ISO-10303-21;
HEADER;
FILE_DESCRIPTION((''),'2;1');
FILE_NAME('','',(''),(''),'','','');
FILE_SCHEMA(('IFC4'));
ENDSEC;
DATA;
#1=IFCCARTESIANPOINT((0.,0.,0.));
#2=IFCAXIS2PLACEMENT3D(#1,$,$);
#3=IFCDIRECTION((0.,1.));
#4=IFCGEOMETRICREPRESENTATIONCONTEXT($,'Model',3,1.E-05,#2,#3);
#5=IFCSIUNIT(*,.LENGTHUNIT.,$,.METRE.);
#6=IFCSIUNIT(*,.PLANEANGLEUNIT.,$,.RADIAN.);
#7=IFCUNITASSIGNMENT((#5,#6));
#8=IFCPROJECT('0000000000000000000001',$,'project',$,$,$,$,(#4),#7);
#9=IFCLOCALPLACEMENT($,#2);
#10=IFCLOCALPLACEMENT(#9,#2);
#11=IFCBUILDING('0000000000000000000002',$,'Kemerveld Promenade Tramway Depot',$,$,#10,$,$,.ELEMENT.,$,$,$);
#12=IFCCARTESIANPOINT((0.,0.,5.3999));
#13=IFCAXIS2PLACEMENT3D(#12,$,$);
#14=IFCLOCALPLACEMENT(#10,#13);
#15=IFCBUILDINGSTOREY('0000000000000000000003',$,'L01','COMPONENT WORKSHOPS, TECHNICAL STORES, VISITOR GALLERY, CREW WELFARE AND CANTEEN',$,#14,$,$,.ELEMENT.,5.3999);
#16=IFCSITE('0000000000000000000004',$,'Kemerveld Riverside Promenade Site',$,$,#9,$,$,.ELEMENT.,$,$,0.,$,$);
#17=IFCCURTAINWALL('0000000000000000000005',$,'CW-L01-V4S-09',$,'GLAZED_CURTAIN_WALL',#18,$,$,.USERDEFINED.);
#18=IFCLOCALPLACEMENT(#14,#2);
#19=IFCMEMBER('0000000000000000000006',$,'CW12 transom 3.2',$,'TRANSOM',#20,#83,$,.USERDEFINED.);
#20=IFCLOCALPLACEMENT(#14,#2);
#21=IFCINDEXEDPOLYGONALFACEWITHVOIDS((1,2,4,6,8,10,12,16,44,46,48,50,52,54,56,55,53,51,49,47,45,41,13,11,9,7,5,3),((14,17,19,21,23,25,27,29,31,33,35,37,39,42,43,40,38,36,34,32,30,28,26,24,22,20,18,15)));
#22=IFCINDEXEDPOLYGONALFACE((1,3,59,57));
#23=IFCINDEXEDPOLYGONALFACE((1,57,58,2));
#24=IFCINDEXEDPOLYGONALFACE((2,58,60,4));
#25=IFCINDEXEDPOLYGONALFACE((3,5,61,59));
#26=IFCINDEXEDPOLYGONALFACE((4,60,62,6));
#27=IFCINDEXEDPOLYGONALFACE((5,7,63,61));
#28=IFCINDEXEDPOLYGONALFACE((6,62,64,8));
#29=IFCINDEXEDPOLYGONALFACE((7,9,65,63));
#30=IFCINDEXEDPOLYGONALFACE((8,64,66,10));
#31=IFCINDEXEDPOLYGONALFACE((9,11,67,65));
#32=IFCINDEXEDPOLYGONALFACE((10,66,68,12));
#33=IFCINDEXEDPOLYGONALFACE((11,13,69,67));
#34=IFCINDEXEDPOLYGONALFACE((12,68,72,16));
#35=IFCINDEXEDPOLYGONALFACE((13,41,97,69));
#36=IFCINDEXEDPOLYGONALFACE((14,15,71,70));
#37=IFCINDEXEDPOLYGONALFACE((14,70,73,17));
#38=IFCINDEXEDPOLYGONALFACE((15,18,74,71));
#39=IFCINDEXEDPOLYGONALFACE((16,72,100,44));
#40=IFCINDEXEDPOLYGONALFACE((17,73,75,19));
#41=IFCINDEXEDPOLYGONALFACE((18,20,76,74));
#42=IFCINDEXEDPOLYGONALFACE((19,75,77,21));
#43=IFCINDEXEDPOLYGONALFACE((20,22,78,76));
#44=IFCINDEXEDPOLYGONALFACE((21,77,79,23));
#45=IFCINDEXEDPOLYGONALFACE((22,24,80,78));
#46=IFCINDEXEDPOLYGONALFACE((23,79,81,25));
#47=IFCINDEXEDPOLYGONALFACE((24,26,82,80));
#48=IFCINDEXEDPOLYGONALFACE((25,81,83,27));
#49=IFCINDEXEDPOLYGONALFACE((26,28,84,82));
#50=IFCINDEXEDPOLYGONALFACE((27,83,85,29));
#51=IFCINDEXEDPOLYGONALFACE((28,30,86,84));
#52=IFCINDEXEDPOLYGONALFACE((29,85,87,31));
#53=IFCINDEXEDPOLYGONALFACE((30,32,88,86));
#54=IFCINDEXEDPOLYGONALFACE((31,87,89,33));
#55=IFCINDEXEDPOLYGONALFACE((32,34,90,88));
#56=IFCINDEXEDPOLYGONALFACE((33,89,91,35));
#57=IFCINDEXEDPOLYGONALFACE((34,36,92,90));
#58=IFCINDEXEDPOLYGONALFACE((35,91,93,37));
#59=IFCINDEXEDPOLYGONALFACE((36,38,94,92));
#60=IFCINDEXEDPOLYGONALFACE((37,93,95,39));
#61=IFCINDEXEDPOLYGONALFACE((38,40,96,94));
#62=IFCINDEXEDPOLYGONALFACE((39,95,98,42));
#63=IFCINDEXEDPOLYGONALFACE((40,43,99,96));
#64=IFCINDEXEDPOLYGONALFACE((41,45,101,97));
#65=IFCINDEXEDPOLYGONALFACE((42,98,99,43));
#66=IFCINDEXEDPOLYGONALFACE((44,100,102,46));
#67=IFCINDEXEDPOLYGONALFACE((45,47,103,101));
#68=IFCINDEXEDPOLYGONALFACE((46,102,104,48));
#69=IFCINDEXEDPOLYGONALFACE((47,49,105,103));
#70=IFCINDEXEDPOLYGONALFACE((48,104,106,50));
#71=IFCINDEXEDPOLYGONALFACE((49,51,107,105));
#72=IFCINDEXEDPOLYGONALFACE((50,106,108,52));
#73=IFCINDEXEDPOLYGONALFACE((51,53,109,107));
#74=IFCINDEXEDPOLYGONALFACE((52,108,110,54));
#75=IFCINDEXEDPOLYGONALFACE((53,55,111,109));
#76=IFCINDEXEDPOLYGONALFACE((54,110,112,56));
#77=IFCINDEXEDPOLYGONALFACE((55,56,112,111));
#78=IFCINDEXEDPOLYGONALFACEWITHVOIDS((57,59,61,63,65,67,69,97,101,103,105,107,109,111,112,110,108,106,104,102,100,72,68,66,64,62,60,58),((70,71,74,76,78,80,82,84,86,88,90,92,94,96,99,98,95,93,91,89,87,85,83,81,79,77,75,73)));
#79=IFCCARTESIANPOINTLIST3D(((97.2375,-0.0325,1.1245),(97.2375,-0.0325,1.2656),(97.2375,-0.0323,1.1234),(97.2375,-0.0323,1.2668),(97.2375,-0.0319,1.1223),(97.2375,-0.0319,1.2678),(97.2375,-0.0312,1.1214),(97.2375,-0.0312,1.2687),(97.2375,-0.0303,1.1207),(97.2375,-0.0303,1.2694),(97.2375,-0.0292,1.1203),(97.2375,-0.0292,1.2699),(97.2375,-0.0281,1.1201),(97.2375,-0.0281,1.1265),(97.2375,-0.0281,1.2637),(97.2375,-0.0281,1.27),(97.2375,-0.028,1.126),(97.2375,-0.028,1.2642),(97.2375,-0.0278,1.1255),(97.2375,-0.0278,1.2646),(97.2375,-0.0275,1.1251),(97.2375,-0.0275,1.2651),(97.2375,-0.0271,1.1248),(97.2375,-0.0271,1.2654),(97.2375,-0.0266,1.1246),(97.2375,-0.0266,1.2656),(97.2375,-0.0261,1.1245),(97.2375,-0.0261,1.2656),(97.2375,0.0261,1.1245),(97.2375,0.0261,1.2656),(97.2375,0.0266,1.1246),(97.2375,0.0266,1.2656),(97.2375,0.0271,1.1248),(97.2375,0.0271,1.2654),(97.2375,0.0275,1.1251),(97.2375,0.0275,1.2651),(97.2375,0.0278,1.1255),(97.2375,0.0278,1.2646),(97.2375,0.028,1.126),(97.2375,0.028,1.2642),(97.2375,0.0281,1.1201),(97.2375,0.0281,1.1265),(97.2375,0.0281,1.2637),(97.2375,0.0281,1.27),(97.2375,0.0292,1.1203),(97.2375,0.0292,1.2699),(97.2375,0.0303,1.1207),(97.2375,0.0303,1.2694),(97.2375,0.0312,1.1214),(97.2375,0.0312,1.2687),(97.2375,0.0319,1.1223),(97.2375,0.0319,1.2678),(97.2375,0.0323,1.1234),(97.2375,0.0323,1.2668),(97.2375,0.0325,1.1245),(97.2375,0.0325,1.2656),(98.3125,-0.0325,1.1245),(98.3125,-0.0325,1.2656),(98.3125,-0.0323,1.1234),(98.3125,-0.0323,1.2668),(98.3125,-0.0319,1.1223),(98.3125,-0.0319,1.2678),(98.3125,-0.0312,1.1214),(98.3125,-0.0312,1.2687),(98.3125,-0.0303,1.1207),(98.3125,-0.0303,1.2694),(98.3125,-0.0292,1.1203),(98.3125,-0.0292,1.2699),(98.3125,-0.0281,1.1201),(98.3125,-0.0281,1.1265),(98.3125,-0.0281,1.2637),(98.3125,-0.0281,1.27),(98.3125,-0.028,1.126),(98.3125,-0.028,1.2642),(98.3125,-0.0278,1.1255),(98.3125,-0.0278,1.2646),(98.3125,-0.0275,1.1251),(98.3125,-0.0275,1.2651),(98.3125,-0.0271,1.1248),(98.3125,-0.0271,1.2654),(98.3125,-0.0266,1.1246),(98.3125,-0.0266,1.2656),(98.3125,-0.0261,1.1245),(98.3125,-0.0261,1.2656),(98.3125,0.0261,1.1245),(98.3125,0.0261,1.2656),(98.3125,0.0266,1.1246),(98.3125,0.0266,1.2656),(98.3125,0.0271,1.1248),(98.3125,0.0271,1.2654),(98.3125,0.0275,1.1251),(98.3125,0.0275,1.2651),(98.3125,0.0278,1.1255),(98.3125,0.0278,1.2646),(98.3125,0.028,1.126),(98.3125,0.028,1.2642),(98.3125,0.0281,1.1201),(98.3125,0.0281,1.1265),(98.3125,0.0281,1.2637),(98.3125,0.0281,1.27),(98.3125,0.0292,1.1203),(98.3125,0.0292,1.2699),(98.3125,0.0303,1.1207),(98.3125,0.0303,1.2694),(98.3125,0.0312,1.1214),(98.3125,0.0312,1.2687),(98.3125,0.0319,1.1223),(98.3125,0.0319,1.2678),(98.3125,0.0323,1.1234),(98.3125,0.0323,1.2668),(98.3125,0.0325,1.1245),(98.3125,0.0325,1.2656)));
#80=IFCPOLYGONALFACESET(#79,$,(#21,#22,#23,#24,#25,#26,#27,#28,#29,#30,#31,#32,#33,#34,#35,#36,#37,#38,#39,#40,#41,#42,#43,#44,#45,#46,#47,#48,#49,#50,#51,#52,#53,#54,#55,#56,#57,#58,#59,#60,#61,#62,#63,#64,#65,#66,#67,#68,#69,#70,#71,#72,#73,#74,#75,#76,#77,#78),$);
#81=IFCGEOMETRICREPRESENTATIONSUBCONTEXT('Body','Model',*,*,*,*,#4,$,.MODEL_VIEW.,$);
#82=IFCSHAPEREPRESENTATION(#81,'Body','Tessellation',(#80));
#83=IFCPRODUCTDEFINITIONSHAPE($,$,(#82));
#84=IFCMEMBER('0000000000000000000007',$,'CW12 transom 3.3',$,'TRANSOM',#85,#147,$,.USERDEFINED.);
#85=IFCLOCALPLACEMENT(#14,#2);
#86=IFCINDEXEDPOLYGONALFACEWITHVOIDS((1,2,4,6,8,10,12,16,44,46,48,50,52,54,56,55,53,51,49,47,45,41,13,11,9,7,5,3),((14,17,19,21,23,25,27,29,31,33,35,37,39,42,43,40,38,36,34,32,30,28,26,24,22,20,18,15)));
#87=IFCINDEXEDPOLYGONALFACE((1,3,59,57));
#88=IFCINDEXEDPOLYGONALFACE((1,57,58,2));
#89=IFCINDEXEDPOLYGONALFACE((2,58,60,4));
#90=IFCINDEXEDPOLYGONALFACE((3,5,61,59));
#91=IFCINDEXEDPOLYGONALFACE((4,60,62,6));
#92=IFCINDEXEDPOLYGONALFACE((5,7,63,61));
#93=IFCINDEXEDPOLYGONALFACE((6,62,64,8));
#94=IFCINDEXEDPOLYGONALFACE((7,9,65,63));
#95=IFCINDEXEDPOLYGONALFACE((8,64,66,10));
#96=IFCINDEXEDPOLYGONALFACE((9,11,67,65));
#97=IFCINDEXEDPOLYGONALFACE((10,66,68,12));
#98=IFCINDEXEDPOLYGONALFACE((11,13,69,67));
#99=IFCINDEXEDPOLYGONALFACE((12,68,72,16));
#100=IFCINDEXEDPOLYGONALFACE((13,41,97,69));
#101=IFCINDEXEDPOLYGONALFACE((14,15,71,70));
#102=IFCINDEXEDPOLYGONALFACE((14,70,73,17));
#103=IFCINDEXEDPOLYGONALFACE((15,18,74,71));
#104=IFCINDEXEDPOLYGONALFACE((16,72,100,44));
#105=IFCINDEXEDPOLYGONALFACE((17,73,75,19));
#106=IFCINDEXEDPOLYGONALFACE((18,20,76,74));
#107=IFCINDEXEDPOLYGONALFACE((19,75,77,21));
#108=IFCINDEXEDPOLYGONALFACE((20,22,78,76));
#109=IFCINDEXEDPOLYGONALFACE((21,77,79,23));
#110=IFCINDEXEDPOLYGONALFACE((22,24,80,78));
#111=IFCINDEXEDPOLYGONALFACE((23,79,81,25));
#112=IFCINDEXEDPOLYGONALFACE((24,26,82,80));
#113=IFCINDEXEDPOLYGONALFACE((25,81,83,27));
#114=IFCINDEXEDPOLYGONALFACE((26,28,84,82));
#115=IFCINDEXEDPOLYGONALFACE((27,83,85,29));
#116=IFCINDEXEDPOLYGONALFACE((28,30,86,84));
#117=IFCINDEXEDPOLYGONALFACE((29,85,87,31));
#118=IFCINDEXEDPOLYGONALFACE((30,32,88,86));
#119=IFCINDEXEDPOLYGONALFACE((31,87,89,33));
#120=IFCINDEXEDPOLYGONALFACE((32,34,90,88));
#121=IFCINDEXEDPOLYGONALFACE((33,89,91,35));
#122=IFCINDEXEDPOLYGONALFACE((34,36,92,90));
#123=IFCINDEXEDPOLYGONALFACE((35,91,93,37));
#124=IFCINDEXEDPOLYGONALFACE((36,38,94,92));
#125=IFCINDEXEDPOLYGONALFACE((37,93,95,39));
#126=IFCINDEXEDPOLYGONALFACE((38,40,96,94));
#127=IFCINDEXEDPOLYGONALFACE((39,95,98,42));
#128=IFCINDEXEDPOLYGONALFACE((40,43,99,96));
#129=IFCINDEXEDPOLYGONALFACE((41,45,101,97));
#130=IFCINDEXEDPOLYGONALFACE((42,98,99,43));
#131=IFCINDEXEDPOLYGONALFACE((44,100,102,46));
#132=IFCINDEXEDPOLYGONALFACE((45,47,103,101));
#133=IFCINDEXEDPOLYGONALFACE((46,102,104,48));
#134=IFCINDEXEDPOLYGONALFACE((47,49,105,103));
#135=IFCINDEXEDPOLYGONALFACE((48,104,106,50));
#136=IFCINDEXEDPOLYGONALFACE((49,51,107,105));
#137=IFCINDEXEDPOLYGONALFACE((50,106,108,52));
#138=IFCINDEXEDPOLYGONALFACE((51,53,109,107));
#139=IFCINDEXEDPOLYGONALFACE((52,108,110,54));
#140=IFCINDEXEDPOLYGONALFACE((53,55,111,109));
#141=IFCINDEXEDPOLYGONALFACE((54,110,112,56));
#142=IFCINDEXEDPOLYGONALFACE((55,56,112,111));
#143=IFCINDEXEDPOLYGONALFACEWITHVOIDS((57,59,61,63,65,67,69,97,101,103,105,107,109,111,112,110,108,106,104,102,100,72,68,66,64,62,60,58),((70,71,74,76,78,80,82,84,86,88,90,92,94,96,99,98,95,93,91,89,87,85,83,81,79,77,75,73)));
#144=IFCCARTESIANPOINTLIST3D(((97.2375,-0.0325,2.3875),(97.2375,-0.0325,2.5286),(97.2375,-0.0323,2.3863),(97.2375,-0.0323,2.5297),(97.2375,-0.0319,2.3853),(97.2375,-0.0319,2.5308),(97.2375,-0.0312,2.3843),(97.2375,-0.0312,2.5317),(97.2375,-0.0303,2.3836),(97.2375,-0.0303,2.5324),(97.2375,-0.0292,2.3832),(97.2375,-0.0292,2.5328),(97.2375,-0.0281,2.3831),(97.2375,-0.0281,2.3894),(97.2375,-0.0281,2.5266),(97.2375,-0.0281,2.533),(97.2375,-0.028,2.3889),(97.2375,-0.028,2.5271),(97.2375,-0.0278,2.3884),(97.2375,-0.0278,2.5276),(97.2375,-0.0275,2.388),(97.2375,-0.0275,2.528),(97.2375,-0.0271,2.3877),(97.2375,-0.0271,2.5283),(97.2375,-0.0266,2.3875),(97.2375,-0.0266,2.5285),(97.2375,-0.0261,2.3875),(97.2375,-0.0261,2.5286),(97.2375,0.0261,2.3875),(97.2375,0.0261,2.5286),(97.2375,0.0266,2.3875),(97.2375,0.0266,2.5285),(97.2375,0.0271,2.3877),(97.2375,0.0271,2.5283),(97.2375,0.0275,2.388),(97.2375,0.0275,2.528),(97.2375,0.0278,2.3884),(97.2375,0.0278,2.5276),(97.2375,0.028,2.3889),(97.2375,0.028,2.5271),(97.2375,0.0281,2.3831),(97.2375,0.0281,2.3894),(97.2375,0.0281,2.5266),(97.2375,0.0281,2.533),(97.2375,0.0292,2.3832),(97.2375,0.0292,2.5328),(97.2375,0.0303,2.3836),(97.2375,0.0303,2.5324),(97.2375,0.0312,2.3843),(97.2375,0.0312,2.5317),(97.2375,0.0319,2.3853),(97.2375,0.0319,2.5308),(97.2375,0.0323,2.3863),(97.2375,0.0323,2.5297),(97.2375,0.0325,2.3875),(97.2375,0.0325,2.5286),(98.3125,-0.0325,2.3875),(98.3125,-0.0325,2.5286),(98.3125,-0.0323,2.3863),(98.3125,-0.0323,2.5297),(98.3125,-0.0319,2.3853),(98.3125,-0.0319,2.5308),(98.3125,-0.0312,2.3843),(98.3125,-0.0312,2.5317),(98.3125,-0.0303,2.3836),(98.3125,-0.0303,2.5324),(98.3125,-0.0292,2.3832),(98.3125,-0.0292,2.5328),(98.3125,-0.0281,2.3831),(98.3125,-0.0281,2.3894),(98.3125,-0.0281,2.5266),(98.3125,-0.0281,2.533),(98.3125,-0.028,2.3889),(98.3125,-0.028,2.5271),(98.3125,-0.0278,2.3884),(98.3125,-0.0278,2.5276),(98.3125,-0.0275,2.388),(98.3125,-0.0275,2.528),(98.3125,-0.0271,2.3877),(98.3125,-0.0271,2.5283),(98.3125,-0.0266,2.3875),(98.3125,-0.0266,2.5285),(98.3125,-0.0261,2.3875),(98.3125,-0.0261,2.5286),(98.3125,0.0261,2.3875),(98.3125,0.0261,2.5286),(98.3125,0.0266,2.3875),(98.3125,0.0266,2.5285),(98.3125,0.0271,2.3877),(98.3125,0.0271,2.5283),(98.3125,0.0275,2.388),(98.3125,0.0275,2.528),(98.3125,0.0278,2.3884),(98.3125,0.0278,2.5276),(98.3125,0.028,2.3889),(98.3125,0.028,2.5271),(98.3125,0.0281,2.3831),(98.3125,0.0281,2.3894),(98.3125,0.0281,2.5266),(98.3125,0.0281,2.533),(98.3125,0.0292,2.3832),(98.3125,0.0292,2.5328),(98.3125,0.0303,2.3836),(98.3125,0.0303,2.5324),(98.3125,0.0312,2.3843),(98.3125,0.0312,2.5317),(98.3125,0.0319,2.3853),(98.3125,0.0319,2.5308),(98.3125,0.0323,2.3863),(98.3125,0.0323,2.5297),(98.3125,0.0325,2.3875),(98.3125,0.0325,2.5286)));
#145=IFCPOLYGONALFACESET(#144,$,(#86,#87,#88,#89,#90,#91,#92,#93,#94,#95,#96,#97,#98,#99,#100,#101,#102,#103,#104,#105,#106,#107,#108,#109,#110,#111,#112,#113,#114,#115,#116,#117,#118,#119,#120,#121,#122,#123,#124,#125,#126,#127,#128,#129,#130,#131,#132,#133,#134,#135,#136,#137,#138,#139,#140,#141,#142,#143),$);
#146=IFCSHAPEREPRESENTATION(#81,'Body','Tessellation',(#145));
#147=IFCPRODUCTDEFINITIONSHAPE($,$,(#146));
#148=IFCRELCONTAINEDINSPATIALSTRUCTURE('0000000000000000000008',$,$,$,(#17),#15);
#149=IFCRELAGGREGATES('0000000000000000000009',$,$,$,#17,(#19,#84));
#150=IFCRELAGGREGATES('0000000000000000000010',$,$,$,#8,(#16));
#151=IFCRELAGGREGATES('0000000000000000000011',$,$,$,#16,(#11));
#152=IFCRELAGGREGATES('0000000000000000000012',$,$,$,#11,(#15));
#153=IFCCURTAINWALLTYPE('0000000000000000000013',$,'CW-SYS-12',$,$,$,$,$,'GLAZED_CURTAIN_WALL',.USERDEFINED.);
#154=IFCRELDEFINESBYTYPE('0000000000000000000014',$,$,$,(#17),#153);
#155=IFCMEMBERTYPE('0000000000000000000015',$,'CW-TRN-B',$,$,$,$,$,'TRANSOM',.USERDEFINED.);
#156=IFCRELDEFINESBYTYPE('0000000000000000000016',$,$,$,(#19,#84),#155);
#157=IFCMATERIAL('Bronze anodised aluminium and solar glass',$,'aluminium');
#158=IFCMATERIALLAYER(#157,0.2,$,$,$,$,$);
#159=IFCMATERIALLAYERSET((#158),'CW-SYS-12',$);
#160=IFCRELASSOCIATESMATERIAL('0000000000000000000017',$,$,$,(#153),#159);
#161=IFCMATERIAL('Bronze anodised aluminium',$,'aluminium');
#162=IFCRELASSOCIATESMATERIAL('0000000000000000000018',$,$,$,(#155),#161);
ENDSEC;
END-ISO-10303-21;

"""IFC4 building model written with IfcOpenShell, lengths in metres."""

from ifc_helpers import new_model, si_unit, direction, frame, origin, origin_2d, place, context, subcontext, project, spatial, hollow_rectangle, extrude, material, layer, layer_set, material_profile, profile_set, type_object, element, aggregate, save


model = new_model("IFC4")

# Units and contexts
model_context = context("Model", 3, precision=1e-05, world=origin(), true_north=direction((0.0, 1.0)))
body_context = subcontext(model_context, "Body", "Model", "MODEL_VIEW")
ifc_project = project(units=[si_unit("LENGTHUNIT", "METRE"), si_unit("PLANEANGLEUNIT", "RADIAN")], contexts=[model_context])

# Site, building, storey
site_placement = place(None, origin())
site = spatial("IfcSite", under=ifc_project, at=site_placement, Name="Kemerveld Riverside Promenade Site", CompositionType="ELEMENT", RefElevation=0.0)
building_placement = place(site_placement, origin())
building = spatial("IfcBuilding", under=site, at=building_placement, Name="Kemerveld Promenade Tramway Depot", CompositionType="ELEMENT")
storey_placement = place(building_placement, frame((0.0, 0.0, 5.3999)))
storey = spatial("IfcBuildingStorey", under=building, at=storey_placement, Name="L01", Description="COMPONENT WORKSHOPS, TECHNICAL STORES, VISITOR GALLERY, CREW WELFARE AND CANTEEN", CompositionType="ELEMENT", Elevation=5.3999)

# Curtain wall, members
ifc_material_1 = material(Name="Bronze anodised aluminium and solar glass", Category="aluminium")
ifc_layer_1 = layer(ifc_material_1, 0.2)
ifc_layer_set_1 = layer_set([ifc_layer_1], Name="CW-SYS-12")
curtain_wall_type = type_object("IfcCurtainWallType", Name="CW-SYS-12", ElementType="GLAZED_CURTAIN_WALL", PredefinedType="USERDEFINED", material=ifc_layer_set_1)
curtain_wall_placement = place(storey_placement, origin())
curtain_wall = element("IfcCurtainWall", 1, at=curtain_wall_placement, inside=storey, type_object=curtain_wall_type, Name="CW-L01-V4S-09", ObjectType="GLAZED_CURTAIN_WALL", PredefinedType="USERDEFINED")
ifc_material_2 = material(Name="Bronze anodised aluminium", Category="aluminium")
ifc_material_profile_1 = material_profile(ifc_material_2, hollow_rectangle(XDim=0.0649, YDim=0.1499, WallThickness=0.0044, InnerFilletRadius=0.002, OuterFilletRadius=0.0044, at=origin_2d()), Name="CW-TRN-150x65")
ifc_profile_set_1 = profile_set([ifc_material_profile_1], Name="Bronze anodised aluminium")
member_type_1 = type_object("IfcMemberType", Name="CW-TRN-B", ElementType="TRANSOM", PredefinedType="USERDEFINED", material=ifc_profile_set_1)
member_1_placement = place(storey_placement, frame((98.3125, 0.0, 1.1951), z_axis=(-1.0, 0.0, 0.0), x_axis=(0.0, -1.0, 0.0)))
member_1 = element("IfcMember", 2, at=member_1_placement, type_object=member_type_1, Name="CW12 transom 3.2", ObjectType="TRANSOM", PredefinedType="USERDEFINED", context=body_context, shape_type="SweptSolid", body=[
    extrude(hollow_rectangle(XDim=0.0649, YDim=0.1499, WallThickness=0.0044, InnerFilletRadius=0.002, OuterFilletRadius=0.0044, at=origin_2d()), origin(), (0.0, 0.0, 1.0), 1.075),
])
member_2_placement = place(storey_placement, frame((98.3125, 0.0, 2.458), z_axis=(-1.0, 0.0, 0.0), x_axis=(0.0, -1.0, 0.0)))
member_2 = element("IfcMember", 3, at=member_2_placement, type_object=member_type_1, Name="CW12 transom 3.3", ObjectType="TRANSOM", PredefinedType="USERDEFINED", context=body_context, shape_type="SweptSolid", body=[
    extrude(hollow_rectangle(XDim=0.0649, YDim=0.1499, WallThickness=0.0044, InnerFilletRadius=0.002, OuterFilletRadius=0.0044, at=origin_2d()), origin(), (0.0, 0.0, 1.0), 1.075),
])
aggregate(curtain_wall, [member_1, member_2])

save(model, "model.ifc")
